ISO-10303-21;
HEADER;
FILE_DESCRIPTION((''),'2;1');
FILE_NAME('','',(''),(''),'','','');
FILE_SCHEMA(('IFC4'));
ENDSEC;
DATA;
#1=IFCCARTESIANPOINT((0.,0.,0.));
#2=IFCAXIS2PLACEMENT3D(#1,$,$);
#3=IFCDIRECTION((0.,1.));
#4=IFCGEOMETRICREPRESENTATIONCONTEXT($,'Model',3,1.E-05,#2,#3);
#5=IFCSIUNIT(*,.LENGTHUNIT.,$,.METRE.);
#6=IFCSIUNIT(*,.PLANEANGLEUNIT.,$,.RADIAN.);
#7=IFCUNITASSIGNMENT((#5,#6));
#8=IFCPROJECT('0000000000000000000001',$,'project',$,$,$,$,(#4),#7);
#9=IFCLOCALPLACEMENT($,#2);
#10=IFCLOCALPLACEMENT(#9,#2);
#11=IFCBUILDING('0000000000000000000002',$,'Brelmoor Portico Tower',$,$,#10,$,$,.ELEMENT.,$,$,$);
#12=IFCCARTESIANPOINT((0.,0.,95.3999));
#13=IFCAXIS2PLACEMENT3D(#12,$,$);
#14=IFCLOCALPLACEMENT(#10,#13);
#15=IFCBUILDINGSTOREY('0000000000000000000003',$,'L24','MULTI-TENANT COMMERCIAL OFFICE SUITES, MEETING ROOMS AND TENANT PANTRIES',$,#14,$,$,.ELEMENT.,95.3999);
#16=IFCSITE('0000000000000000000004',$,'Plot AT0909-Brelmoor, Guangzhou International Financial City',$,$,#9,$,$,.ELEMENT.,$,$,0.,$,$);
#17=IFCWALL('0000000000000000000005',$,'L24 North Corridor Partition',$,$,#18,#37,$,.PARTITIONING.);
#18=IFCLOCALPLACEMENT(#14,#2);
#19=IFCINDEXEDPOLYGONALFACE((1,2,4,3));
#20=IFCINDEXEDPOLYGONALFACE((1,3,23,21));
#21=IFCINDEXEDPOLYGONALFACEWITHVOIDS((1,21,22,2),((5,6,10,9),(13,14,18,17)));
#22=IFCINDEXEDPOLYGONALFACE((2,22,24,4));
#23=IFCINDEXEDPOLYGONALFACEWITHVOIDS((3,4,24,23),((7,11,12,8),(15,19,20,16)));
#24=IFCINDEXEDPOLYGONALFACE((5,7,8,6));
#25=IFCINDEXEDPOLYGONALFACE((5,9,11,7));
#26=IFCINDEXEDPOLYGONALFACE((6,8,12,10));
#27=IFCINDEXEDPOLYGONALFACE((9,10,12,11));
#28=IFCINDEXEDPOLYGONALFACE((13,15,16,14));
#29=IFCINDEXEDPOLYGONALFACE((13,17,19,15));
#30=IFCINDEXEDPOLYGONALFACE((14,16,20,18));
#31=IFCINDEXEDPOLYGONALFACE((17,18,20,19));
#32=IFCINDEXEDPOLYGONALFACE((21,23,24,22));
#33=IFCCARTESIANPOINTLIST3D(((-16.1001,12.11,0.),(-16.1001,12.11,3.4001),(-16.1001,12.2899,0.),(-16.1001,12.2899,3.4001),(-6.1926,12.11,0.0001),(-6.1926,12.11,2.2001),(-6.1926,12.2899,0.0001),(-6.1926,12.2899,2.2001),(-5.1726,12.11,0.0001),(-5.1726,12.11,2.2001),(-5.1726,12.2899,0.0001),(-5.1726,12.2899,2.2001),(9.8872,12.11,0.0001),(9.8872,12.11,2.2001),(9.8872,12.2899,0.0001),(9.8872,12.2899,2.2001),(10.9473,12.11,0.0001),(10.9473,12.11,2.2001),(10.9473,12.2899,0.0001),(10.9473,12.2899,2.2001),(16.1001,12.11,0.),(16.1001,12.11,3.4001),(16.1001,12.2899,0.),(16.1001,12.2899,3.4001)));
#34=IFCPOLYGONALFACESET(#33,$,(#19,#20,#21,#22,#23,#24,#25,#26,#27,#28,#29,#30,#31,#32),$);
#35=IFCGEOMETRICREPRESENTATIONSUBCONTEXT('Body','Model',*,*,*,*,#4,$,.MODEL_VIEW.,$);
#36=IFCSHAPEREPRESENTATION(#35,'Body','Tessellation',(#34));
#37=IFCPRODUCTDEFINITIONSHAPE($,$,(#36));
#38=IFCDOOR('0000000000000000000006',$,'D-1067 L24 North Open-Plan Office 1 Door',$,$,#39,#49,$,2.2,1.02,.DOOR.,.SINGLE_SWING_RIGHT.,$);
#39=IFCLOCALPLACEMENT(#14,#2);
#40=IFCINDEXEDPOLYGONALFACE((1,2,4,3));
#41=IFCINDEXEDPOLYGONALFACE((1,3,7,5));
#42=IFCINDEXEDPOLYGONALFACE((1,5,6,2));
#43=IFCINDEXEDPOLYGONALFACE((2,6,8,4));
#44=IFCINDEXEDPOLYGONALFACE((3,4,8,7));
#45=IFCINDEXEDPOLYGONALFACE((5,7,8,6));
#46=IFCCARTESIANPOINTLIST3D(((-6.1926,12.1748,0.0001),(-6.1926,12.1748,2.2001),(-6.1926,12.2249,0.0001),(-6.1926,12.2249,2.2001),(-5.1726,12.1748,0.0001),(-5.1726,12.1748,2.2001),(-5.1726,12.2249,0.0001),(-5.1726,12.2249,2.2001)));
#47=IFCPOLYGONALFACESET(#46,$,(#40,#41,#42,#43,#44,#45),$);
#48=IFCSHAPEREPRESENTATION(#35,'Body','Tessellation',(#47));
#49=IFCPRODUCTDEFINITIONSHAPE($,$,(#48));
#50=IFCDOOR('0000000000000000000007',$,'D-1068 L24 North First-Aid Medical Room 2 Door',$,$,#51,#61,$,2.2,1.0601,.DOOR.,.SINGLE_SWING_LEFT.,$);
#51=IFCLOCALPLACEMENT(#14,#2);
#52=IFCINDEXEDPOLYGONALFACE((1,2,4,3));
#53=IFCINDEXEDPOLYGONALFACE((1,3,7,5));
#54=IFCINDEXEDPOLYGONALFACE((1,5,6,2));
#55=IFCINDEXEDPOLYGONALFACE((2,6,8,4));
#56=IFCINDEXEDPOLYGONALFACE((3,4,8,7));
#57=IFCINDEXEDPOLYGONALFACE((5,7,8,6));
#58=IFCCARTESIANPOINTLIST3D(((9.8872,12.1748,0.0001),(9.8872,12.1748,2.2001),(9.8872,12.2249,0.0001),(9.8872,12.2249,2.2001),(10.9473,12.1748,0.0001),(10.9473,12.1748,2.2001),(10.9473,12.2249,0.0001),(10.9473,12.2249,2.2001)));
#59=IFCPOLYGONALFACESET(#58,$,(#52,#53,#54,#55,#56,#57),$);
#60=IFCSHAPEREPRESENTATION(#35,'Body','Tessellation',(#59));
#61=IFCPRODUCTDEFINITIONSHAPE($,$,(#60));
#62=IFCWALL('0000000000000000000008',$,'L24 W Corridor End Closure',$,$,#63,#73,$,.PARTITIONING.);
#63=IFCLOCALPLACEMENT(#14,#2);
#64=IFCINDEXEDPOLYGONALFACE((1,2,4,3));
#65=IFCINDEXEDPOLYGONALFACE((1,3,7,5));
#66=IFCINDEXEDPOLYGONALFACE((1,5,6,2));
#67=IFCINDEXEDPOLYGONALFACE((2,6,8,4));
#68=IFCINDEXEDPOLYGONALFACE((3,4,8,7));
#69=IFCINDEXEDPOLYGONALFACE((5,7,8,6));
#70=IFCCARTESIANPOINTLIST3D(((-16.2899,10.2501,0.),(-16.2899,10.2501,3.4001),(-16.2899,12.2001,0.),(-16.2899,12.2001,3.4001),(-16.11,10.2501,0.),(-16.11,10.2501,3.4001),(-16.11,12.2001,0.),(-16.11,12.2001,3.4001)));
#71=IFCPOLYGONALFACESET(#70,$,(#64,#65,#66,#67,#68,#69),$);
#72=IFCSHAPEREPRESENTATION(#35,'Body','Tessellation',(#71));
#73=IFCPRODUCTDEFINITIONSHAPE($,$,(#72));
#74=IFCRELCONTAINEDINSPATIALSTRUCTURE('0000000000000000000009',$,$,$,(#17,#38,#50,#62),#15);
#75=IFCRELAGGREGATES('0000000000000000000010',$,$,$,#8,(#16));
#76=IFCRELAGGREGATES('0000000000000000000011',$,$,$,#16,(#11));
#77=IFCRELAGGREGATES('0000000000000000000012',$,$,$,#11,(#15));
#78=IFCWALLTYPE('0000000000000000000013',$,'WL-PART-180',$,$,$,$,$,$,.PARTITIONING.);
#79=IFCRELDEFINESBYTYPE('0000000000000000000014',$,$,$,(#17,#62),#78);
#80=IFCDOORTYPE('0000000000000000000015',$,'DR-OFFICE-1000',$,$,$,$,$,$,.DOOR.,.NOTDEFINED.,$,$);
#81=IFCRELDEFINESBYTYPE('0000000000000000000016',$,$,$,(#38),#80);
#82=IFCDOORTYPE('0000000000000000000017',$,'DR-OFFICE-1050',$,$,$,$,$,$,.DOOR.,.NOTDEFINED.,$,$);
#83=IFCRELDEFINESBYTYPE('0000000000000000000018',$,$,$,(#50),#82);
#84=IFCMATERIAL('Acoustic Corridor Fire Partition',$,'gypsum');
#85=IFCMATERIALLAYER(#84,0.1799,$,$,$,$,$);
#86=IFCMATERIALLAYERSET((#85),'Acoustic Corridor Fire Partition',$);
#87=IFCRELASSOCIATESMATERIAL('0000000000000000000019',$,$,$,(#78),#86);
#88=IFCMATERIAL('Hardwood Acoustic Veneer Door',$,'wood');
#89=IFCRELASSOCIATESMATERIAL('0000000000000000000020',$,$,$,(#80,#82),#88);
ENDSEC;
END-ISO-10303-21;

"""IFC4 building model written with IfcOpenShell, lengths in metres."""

from ifc_helpers import new_model, si_unit, direction, frame, frame_2d, origin, place, context, subcontext, project, spatial, rectangle, extrude, material, layer, layer_set, type_object, element, fill, save


model = new_model("IFC4")

# Units and contexts
model_context = context("Model", 3, precision=1e-05, world=origin(), true_north=direction((0.0, 1.0)))
body_context = subcontext(model_context, "Body", "Model", "MODEL_VIEW")
ifc_project = project(units=[si_unit("LENGTHUNIT", "METRE"), si_unit("PLANEANGLEUNIT", "RADIAN")], contexts=[model_context])

# Site, building, storey
site_placement = place(None, origin())
site = spatial("IfcSite", under=ifc_project, at=site_placement, Name="Plot AT0909-Brelmoor, Guangzhou International Financial City", CompositionType="ELEMENT", RefElevation=0.0)
building_placement = place(site_placement, origin())
building = spatial("IfcBuilding", under=site, at=building_placement, Name="Brelmoor Portico Tower", CompositionType="ELEMENT")
storey_placement = place(building_placement, frame((0.0, 0.0, 95.3999)))
storey = spatial("IfcBuildingStorey", under=building, at=storey_placement, Name="L24", Description="MULTI-TENANT COMMERCIAL OFFICE SUITES, MEETING ROOMS AND TENANT PANTRIES", CompositionType="ELEMENT", Elevation=95.3999)

# Wall, openings, doors
ifc_material_1 = material(Name="Acoustic Corridor Fire Partition", Category="gypsum")
ifc_layer_1 = layer(ifc_material_1, 0.1799)
ifc_layer_set_1 = layer_set([ifc_layer_1], Name="Acoustic Corridor Fire Partition")
wall_type_1 = type_object("IfcWallType", Name="WL-PART-180", PredefinedType="PARTITIONING", material=ifc_layer_set_1)
wall_1_placement = place(storey_placement, frame((-16.1001, 12.2, 0.0), z_axis=(0.0, 0.0, 1.0), x_axis=(1.0, 0.0, 0.0)))
wall_1 = element("IfcWall", 1, at=wall_1_placement, inside=storey, type_object=wall_type_1, Name="L24 North Corridor Partition", PredefinedType="PARTITIONING", context=body_context, shape_type="SweptSolid", body=[
    extrude(rectangle(XDim=32.2002, YDim=0.1799, at=frame_2d((16.1001, 0.0))), origin(), (0.0, 0.0, 1.0), 3.4001),
])
opening_1_placement = place(wall_1_placement, frame((9.9075, 0.0, 0.0)))
opening_1 = element("IfcOpeningElement", 2, at=opening_1_placement, cuts=wall_1, PredefinedType="OPENING", context=body_context, shape_type="SweptSolid", body=[
    extrude(rectangle(XDim=1.02, YDim=2.2, at=frame_2d((0.51, 1.1001))), frame((0.0, 0.0999, 0.0), z_axis=(0.0, -1.0, 0.0), x_axis=(1.0, 0.0, 0.0)), (0.0, 0.0, 1.0), 0.2),
])
opening_2_placement = place(wall_1_placement, frame((25.9873, 0.0, 0.0)))
opening_2 = element("IfcOpeningElement", 3, at=opening_2_placement, cuts=wall_1, PredefinedType="OPENING", context=body_context, shape_type="SweptSolid", body=[
    extrude(rectangle(XDim=1.0601, YDim=2.2, at=frame_2d((0.53, 1.1001))), frame((0.0, 0.0999, 0.0), z_axis=(0.0, -1.0, 0.0), x_axis=(1.0, 0.0, 0.0)), (0.0, 0.0, 1.0), 0.2),
])
ifc_material_2 = material(Name="Hardwood Acoustic Veneer Door", Category="wood")
door_type_1 = type_object("IfcDoorType", Name="DR-OFFICE-1000", OperationType="NOTDEFINED", PredefinedType="DOOR", material=ifc_material_2)
door_1_placement = place(opening_1_placement, origin())
door_1 = element("IfcDoor", 4, at=door_1_placement, inside=storey, type_object=door_type_1, Name="D-1067 L24 North Open-Plan Office 1 Door", OperationType="SINGLE_SWING_RIGHT", OverallHeight=2.2, OverallWidth=1.02, PredefinedType="DOOR", context=body_context, shape_type="SweptSolid", body=[
    extrude(rectangle(XDim=1.02, YDim=2.2, at=frame_2d((0.51, 1.1001))), frame((0.0, 0.0249, 0.0), z_axis=(0.0, -1.0, 0.0), x_axis=(1.0, 0.0, 0.0)), (0.0, 0.0, 1.0), 0.05),
])
fill(opening_1, door_1)
door_type_2 = type_object("IfcDoorType", Name="DR-OFFICE-1050", OperationType="NOTDEFINED", PredefinedType="DOOR", material=ifc_material_2)
door_2_placement = place(opening_2_placement, origin())
door_2 = element("IfcDoor", 5, at=door_2_placement, inside=storey, type_object=door_type_2, Name="D-1068 L24 North First-Aid Medical Room 2 Door", OperationType="SINGLE_SWING_LEFT", OverallHeight=2.2, OverallWidth=1.0601, PredefinedType="DOOR", context=body_context, shape_type="SweptSolid", body=[
    extrude(rectangle(XDim=1.0601, YDim=2.2, at=frame_2d((0.53, 1.1001))), frame((0.0, 0.0249, 0.0), z_axis=(0.0, -1.0, 0.0), x_axis=(1.0, 0.0, 0.0)), (0.0, 0.0, 1.0), 0.05),
])
fill(opening_2, door_2)

# Wall
wall_2_placement = place(storey_placement, frame((-16.2, 10.25, 0.0), z_axis=(0.0, 0.0, 1.0), x_axis=(0.0, 1.0, 0.0)))
element("IfcWall", 6, at=wall_2_placement, inside=storey, type_object=wall_type_1, Name="L24 W Corridor End Closure", PredefinedType="PARTITIONING", context=body_context, shape_type="SweptSolid", body=[
    extrude(rectangle(XDim=1.95, YDim=0.1799, at=frame_2d((0.9751, 0.0))), origin(), (0.0, 0.0, 1.0), 3.4001),
])

save(model, "model.ifc")
